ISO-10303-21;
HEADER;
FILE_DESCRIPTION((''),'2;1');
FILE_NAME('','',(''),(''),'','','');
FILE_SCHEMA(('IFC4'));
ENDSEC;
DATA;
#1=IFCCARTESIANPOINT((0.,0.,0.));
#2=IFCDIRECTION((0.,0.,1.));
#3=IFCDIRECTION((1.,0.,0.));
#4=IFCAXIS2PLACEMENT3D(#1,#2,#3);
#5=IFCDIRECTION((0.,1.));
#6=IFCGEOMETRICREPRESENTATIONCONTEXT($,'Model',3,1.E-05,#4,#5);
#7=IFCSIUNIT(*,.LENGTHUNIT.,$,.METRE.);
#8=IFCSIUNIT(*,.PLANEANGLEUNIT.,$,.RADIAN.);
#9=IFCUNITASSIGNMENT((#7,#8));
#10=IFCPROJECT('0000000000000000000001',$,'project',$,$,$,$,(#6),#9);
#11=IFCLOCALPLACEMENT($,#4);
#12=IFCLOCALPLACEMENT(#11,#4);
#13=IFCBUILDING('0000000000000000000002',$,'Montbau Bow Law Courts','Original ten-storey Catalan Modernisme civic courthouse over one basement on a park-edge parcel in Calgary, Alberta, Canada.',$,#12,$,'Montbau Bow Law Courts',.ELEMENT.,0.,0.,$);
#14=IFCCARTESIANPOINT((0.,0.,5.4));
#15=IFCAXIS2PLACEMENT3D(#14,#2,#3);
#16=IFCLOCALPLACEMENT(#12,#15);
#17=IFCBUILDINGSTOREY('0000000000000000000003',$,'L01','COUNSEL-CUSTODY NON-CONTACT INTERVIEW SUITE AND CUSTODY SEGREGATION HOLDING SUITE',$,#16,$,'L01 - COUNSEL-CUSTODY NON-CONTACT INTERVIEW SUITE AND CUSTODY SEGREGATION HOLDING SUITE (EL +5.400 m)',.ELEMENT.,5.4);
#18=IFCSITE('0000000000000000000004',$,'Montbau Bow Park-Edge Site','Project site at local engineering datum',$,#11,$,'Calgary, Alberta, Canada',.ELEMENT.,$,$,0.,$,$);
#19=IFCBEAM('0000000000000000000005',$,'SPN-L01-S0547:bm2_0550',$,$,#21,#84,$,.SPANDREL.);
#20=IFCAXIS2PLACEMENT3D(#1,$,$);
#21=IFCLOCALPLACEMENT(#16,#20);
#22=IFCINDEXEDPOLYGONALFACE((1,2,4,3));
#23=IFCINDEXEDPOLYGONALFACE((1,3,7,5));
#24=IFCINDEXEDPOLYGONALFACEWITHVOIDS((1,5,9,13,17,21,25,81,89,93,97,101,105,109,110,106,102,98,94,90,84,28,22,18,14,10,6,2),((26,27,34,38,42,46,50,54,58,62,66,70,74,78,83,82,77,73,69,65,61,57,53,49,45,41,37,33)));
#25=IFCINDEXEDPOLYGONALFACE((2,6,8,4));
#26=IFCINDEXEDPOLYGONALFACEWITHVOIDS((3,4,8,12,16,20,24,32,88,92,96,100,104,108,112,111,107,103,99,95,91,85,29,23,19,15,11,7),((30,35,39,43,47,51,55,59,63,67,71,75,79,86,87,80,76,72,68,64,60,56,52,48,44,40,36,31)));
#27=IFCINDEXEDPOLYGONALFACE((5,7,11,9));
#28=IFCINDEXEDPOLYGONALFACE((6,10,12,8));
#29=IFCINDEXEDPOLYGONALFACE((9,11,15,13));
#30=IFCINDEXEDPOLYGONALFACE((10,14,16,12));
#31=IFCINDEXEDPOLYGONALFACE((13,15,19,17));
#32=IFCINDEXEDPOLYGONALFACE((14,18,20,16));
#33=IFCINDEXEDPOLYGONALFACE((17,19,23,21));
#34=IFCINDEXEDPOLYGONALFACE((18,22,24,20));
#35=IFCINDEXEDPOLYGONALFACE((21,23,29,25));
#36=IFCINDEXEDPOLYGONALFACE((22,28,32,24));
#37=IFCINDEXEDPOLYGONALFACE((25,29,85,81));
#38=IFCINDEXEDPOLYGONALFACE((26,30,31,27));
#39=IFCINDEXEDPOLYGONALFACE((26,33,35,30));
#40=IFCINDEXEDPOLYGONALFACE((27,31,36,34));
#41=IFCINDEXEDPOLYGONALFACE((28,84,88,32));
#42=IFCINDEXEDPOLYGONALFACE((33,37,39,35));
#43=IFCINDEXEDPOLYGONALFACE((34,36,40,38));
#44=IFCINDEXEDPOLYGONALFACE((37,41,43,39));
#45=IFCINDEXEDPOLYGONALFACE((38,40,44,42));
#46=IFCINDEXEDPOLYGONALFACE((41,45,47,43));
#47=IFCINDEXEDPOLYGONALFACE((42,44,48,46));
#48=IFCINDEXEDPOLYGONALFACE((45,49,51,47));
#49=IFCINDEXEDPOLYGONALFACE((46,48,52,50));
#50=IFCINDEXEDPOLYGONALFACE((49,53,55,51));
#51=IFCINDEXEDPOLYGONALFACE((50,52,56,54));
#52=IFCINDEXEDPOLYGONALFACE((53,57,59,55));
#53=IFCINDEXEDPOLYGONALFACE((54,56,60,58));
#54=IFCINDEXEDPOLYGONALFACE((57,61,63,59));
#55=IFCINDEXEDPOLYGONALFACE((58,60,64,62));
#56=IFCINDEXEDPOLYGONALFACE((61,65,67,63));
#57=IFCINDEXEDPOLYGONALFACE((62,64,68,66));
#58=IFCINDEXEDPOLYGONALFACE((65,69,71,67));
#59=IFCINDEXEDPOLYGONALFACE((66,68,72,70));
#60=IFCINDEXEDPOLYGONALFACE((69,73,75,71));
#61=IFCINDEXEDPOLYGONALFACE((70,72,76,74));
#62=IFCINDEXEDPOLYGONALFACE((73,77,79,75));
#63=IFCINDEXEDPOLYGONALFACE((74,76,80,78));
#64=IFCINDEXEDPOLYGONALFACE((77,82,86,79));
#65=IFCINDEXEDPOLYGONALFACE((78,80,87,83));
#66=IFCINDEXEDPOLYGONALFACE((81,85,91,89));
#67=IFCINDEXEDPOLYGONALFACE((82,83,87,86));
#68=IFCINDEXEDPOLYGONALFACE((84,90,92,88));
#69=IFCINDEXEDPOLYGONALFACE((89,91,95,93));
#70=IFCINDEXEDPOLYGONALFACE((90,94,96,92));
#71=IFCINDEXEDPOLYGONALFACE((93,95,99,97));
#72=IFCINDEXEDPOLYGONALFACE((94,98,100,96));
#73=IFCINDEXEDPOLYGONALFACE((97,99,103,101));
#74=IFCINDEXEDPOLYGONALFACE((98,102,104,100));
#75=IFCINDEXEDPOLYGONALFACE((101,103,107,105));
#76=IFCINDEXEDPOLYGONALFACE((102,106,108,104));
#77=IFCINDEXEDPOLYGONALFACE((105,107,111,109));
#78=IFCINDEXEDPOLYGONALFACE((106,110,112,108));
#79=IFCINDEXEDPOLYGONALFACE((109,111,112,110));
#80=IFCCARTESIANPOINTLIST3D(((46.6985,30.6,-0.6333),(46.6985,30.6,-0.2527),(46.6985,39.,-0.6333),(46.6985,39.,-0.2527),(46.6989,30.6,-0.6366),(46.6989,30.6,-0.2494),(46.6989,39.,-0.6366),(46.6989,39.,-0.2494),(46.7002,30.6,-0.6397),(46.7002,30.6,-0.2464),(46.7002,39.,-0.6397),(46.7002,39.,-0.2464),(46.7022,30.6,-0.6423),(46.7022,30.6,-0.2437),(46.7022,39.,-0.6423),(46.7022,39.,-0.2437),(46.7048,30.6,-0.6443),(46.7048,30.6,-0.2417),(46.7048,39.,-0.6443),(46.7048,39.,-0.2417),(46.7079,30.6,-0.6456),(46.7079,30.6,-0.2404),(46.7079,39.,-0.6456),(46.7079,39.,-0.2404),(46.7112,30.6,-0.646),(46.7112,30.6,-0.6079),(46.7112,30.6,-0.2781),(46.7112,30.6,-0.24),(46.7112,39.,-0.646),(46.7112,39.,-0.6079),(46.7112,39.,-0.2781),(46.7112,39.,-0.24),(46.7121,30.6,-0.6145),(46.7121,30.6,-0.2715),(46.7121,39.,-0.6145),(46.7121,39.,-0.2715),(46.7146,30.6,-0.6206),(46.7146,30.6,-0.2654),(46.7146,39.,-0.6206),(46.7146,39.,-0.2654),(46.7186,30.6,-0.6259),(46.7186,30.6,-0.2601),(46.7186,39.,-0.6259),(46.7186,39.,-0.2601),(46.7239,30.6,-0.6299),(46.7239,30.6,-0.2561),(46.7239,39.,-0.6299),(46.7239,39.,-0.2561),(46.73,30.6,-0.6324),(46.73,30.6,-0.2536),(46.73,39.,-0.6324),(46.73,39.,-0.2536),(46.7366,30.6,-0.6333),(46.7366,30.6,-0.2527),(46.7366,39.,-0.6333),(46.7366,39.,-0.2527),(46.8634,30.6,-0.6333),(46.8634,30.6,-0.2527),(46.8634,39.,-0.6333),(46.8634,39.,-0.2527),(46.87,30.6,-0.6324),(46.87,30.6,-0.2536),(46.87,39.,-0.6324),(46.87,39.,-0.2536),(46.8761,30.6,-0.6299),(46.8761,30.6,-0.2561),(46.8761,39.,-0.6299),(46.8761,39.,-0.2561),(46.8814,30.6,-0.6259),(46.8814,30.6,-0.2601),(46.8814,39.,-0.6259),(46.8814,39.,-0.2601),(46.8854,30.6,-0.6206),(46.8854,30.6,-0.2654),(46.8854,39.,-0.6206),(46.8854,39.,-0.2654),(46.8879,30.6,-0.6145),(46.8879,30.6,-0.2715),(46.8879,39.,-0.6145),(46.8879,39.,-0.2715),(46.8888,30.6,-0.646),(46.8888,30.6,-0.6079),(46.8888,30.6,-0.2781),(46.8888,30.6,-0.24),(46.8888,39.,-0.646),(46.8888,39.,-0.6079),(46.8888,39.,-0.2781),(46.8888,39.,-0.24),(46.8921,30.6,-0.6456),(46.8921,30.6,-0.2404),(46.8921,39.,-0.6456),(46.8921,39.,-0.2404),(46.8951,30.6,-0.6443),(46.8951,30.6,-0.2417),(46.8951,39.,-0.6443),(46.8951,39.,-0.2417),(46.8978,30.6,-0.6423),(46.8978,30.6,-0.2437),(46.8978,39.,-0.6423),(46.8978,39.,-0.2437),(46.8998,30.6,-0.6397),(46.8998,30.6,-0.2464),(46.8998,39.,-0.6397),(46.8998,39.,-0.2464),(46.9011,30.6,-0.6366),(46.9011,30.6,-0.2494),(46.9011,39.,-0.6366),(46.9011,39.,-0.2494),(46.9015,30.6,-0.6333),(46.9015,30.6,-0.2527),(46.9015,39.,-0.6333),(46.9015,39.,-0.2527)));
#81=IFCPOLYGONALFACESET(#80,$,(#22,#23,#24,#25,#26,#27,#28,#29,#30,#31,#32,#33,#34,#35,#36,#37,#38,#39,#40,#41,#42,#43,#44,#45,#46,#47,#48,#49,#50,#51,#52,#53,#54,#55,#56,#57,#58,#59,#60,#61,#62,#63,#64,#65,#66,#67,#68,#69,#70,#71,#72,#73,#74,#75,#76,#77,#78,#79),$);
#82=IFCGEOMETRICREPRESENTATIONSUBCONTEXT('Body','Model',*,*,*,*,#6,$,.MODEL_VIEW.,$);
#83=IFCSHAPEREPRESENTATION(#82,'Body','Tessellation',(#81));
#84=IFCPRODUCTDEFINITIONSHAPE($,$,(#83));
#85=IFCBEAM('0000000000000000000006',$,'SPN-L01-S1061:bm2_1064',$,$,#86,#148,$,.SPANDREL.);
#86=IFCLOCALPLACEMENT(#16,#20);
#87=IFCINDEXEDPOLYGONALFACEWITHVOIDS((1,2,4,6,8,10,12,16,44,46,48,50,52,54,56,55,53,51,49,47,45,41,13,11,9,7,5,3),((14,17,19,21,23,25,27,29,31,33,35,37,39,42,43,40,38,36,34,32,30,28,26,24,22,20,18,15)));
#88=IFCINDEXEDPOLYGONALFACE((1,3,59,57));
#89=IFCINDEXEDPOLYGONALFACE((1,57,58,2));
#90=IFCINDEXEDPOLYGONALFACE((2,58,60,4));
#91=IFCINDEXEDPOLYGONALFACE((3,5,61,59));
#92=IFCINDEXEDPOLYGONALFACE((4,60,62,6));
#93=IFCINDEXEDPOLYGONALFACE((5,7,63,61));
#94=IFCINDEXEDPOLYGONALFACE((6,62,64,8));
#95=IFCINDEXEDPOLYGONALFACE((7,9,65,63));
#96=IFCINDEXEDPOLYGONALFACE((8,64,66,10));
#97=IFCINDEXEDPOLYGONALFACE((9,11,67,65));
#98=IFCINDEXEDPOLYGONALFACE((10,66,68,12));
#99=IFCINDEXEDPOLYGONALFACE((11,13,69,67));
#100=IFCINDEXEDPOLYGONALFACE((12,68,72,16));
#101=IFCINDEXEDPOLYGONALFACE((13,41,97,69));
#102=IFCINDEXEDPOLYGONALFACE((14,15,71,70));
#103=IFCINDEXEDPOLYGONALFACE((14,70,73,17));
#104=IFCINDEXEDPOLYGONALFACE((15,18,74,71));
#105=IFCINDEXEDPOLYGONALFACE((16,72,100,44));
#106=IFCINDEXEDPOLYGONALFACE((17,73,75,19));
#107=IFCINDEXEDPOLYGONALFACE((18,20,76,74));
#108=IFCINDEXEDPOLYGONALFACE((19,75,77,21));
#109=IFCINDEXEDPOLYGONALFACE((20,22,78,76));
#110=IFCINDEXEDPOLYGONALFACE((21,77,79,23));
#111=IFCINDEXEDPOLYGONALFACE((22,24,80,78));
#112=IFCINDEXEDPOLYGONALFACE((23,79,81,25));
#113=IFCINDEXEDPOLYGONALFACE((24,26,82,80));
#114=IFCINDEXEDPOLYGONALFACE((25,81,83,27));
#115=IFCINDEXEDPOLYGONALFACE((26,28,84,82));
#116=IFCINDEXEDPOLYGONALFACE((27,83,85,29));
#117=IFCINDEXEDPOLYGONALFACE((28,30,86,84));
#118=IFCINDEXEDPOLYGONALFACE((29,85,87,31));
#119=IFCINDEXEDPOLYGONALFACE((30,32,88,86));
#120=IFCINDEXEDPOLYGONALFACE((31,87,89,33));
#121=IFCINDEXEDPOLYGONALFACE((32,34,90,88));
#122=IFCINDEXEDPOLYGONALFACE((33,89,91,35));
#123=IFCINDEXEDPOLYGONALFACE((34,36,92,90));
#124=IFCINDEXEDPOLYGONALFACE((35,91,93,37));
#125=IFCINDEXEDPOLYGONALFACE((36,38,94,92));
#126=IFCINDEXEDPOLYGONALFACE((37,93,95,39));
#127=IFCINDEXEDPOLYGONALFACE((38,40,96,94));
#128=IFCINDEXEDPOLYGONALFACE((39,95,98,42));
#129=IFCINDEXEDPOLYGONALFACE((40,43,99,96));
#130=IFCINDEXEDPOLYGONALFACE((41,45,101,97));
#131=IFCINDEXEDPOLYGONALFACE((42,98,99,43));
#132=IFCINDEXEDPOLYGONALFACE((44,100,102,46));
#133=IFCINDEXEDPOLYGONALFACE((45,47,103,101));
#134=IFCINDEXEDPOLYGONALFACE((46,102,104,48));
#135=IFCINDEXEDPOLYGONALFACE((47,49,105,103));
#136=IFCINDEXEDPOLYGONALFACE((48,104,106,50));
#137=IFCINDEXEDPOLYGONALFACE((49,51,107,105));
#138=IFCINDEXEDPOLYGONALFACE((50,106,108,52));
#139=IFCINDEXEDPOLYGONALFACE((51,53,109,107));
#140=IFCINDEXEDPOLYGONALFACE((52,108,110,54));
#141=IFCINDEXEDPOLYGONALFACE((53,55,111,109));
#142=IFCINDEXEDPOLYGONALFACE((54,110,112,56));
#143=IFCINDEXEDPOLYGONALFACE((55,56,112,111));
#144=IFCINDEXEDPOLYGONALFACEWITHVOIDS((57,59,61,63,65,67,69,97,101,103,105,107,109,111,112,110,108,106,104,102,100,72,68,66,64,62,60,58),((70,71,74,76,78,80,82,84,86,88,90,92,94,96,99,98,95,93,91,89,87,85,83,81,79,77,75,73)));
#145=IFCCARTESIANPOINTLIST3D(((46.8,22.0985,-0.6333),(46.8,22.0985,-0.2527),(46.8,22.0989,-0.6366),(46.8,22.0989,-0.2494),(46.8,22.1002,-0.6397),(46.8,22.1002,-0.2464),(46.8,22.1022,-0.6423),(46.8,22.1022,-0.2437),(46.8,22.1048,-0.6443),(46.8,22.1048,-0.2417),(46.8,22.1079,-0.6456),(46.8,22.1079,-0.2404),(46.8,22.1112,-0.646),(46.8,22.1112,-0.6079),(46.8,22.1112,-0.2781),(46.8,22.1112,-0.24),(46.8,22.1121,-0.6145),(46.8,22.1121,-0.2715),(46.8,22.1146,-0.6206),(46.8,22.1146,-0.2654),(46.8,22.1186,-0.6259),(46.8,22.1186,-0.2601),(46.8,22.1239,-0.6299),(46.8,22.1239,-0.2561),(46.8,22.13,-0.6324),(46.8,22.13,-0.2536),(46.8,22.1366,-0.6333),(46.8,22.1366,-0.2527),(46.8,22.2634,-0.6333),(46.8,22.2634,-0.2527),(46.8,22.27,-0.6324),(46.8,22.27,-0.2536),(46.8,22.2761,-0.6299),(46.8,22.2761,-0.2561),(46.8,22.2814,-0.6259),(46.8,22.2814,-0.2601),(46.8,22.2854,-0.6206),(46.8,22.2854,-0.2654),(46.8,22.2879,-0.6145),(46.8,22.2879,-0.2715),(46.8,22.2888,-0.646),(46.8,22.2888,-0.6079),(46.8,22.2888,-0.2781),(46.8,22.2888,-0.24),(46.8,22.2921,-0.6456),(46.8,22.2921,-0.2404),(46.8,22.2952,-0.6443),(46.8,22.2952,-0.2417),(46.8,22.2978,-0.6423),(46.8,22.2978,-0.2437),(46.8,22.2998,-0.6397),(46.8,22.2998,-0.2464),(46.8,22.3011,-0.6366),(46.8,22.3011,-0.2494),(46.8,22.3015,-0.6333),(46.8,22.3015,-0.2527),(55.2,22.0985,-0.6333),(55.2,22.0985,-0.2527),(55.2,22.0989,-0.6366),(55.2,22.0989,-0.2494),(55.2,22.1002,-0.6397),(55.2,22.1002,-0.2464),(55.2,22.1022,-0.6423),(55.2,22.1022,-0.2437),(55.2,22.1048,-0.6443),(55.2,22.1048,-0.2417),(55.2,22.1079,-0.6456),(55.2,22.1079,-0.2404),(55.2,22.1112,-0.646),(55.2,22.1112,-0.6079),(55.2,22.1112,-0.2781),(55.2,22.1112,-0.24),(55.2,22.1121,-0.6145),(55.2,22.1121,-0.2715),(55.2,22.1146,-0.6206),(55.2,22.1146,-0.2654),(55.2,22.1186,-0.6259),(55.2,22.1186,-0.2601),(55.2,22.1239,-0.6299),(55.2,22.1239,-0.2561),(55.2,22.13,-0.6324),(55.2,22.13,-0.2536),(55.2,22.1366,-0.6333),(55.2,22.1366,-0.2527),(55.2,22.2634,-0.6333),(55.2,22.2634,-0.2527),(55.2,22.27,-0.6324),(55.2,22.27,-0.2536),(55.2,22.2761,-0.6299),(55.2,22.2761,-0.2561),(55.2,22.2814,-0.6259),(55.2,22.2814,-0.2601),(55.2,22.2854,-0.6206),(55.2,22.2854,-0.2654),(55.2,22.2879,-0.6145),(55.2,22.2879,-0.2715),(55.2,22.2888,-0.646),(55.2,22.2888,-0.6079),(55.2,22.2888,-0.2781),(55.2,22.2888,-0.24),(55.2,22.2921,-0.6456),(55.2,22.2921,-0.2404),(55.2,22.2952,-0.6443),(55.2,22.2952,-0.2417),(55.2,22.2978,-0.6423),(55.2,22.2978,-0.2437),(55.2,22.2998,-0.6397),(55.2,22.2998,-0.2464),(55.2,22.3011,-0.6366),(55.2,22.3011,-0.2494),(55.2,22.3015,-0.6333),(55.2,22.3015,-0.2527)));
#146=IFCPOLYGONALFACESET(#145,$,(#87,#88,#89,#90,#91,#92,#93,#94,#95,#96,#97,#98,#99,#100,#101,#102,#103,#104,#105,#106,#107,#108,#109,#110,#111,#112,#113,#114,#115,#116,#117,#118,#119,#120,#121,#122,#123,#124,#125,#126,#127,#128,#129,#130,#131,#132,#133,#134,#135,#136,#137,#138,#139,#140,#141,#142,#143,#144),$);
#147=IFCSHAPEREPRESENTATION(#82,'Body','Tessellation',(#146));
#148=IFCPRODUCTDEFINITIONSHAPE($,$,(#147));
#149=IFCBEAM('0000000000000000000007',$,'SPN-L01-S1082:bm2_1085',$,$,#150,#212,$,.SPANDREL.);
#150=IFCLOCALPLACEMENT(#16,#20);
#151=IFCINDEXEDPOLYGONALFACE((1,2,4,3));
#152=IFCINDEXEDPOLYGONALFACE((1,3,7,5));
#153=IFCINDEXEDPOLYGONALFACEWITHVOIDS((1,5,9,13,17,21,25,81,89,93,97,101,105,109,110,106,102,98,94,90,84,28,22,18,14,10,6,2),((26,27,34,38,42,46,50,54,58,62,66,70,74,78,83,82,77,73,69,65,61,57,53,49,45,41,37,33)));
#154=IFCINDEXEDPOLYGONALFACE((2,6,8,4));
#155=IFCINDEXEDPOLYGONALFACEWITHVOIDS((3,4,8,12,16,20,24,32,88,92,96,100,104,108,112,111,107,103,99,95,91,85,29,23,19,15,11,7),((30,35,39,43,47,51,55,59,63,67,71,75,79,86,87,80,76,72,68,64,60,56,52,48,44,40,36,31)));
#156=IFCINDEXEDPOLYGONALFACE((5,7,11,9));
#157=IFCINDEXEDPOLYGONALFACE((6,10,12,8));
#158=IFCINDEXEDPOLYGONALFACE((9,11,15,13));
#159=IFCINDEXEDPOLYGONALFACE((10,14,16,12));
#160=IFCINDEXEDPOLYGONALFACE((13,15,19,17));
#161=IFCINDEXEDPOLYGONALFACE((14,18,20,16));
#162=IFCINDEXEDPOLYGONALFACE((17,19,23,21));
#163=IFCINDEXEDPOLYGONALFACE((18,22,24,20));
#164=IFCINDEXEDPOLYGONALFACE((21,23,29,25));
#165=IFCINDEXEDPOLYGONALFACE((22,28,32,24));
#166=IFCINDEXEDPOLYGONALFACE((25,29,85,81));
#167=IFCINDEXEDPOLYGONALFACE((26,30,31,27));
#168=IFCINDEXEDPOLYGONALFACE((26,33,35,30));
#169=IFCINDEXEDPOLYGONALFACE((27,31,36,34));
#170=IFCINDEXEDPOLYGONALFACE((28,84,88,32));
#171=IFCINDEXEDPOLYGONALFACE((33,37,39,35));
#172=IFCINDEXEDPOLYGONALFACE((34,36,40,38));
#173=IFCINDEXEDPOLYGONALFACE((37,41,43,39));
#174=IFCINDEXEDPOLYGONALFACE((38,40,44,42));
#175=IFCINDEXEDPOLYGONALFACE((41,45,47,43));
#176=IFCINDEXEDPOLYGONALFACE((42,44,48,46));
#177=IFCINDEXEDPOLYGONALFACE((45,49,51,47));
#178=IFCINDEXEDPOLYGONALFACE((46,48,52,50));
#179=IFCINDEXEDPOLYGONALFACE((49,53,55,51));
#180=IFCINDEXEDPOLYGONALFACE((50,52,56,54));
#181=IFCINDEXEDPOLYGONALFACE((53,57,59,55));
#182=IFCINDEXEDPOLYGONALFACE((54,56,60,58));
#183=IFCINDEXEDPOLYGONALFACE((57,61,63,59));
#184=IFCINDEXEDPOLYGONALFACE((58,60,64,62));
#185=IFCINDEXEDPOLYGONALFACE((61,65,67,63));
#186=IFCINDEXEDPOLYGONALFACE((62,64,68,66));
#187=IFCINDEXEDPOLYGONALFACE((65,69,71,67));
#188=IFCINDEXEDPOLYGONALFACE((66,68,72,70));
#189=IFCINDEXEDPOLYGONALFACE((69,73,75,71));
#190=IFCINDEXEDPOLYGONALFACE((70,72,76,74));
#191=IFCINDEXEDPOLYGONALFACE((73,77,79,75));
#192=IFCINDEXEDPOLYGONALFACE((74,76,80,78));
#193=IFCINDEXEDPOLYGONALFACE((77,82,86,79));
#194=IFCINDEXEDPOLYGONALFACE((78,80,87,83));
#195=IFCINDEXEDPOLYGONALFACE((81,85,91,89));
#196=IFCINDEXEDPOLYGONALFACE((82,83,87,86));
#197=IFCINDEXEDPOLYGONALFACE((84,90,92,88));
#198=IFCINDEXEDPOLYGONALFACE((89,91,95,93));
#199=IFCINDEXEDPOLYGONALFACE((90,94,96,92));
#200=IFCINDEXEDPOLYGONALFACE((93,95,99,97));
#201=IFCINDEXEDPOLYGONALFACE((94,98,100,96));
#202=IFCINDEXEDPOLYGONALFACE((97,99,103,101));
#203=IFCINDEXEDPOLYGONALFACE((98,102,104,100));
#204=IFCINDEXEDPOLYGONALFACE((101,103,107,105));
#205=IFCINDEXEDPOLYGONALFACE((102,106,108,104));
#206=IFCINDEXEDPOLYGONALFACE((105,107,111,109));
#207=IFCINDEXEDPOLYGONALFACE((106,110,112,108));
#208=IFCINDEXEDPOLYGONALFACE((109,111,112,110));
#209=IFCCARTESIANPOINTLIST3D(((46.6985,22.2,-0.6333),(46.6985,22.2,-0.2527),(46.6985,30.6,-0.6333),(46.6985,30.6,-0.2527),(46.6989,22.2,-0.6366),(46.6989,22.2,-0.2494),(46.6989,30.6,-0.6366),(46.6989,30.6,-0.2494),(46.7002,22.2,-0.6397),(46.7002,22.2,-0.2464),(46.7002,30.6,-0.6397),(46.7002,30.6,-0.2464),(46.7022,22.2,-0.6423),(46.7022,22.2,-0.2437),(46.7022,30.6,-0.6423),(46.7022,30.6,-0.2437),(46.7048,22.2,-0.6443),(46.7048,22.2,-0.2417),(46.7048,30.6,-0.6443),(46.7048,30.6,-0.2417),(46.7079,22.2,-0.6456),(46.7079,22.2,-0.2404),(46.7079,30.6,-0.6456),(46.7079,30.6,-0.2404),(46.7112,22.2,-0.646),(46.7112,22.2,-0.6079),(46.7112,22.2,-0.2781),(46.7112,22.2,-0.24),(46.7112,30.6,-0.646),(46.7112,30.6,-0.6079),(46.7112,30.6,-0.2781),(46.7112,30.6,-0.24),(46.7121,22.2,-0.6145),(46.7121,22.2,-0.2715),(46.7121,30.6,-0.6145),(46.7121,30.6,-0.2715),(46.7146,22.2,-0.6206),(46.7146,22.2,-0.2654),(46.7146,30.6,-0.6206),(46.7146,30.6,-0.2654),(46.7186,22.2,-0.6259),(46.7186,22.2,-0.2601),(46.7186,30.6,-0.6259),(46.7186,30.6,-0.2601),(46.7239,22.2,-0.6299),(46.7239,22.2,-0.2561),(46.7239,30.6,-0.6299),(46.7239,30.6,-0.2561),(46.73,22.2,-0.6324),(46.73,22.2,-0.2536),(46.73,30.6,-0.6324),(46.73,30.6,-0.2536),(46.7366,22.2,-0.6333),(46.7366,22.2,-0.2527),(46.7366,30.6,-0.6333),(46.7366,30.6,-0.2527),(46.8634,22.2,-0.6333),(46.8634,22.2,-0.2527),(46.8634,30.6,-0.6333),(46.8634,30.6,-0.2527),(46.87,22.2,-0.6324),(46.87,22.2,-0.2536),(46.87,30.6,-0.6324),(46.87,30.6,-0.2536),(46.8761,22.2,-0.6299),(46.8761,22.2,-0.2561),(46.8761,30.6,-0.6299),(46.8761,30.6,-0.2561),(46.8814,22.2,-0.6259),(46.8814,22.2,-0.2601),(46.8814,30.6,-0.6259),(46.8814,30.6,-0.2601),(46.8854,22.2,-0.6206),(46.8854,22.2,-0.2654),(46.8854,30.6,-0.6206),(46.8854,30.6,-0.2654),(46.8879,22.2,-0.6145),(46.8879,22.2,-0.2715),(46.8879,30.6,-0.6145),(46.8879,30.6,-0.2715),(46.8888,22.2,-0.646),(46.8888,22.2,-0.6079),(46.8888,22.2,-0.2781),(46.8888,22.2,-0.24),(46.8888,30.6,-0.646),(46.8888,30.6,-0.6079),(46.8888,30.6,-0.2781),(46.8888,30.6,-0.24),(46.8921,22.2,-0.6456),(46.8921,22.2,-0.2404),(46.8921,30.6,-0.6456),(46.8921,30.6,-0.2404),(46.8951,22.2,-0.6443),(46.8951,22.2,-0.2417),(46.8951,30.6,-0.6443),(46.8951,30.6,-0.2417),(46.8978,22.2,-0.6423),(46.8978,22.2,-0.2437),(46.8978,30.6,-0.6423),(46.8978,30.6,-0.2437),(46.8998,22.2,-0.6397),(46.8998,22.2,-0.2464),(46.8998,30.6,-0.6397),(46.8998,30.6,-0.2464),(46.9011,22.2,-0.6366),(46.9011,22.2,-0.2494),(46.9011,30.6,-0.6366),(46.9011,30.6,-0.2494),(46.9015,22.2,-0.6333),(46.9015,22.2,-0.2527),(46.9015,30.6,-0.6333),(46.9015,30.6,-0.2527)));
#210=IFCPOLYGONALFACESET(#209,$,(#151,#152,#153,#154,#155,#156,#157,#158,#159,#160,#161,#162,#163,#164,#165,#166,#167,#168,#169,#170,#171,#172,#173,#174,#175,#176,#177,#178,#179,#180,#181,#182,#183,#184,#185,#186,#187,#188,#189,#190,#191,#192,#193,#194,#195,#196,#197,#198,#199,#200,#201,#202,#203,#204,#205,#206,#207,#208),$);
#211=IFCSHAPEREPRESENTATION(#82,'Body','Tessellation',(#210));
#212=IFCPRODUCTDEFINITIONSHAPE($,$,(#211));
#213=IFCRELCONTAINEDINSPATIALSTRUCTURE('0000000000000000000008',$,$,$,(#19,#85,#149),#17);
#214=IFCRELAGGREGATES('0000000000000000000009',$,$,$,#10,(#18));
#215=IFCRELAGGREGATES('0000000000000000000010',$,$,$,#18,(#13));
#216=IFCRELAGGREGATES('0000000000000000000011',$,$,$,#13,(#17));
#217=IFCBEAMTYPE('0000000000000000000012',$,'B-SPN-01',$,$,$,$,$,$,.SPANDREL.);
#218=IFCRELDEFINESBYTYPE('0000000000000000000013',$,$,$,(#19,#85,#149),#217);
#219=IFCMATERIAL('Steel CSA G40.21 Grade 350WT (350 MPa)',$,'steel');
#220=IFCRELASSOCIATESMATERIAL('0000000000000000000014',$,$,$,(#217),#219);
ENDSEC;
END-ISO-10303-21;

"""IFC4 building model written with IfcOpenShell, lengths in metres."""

from ifc_helpers import new_model, si_unit, direction, frame, origin_with_axes, origin_2d_with_axis, place, context, subcontext, project, spatial, hollow_rectangle, extrude, material, material_profile, profile_set, type_object, element, save


model = new_model("IFC4")

# Units and contexts
model_context = context("Model", 3, precision=1e-05, world=origin_with_axes(), true_north=direction((0.0, 1.0)))
body_context = subcontext(model_context, "Body", "Model", "MODEL_VIEW")
ifc_project = project(units=[si_unit("LENGTHUNIT", "METRE"), si_unit("PLANEANGLEUNIT", "RADIAN")], contexts=[model_context])

# Site, building, storey
site_placement = place(None, origin_with_axes())
site = spatial("IfcSite", under=ifc_project, at=site_placement, Name="Montbau Bow Park-Edge Site", Description="Project site at local engineering datum", LongName="Calgary, Alberta, Canada", CompositionType="ELEMENT", RefElevation=0.0)
building_placement = place(site_placement, origin_with_axes())
building = spatial("IfcBuilding", under=site, at=building_placement, Name="Montbau Bow Law Courts", Description="Original ten-storey Catalan Modernisme civic courthouse over one basement on a park-edge parcel in Calgary, Alberta, Canada.", LongName="Montbau Bow Law Courts", CompositionType="ELEMENT", ElevationOfRefHeight=0.0, ElevationOfTerrain=0.0)
storey_placement = place(building_placement, frame((0.0, 0.0, 5.4), z_axis=(0.0, 0.0, 1.0), x_axis=(1.0, 0.0, 0.0)))
storey = spatial("IfcBuildingStorey", under=building, at=storey_placement, Name="L01", Description="COUNSEL-CUSTODY NON-CONTACT INTERVIEW SUITE AND CUSTODY SEGREGATION HOLDING SUITE", LongName="L01 - COUNSEL-CUSTODY NON-CONTACT INTERVIEW SUITE AND CUSTODY SEGREGATION HOLDING SUITE (EL +5.400 m)", CompositionType="ELEMENT", Elevation=5.4)

# Beams
ifc_material_1 = material(Name="Steel CSA G40.21 Grade 350WT (350 MPa)", Category="steel")
ifc_material_profile_1 = material_profile(ifc_material_1, hollow_rectangle(XDim=0.203, YDim=0.406, WallThickness=0.0127, InnerFilletRadius=0.0254, OuterFilletRadius=0.0127, at=origin_2d_with_axis()), Name="HSS406X203X13", Category="Main", Priority=0)
ifc_profile_set_1 = profile_set([ifc_material_profile_1], Name="Steel CSA G40.21 Grade 350WT (350 MPa)")
beam_type_1 = type_object("IfcBeamType", Name="B-SPN-01", PredefinedType="SPANDREL", material=ifc_profile_set_1)
for number, where, z_axis, x_axis, name in (
    (1, (46.8, 30.6, 4.957), (0.0, 1.0, 0.0), (-1.0, 0.0, 0.0), "SPN-L01-S0547:bm2_0550"),
    (2, (46.8, 22.2, 4.957), (1.0, 0.0, 0.0), (0.0, 1.0, 0.0), "SPN-L01-S1061:bm2_1064"),
    (3, (46.8, 22.2, 4.957), (0.0, 1.0, 0.0), (-1.0, 0.0, 0.0), "SPN-L01-S1082:bm2_1085"),
):
    element("IfcBeam", number, at=place(None, frame(where, z_axis=z_axis, x_axis=x_axis)), inside=storey, type_object=beam_type_1, Name=name, PredefinedType="SPANDREL", context=body_context, shape_type="SweptSolid", body=[
        extrude(hollow_rectangle(XDim=0.203, YDim=0.406, WallThickness=0.0127, InnerFilletRadius=0.0254, OuterFilletRadius=0.0127, at=origin_2d_with_axis()), origin_with_axes(), (0.0, 0.0, 1.0), 8.4),
    ])

save(model, "model.ifc")
